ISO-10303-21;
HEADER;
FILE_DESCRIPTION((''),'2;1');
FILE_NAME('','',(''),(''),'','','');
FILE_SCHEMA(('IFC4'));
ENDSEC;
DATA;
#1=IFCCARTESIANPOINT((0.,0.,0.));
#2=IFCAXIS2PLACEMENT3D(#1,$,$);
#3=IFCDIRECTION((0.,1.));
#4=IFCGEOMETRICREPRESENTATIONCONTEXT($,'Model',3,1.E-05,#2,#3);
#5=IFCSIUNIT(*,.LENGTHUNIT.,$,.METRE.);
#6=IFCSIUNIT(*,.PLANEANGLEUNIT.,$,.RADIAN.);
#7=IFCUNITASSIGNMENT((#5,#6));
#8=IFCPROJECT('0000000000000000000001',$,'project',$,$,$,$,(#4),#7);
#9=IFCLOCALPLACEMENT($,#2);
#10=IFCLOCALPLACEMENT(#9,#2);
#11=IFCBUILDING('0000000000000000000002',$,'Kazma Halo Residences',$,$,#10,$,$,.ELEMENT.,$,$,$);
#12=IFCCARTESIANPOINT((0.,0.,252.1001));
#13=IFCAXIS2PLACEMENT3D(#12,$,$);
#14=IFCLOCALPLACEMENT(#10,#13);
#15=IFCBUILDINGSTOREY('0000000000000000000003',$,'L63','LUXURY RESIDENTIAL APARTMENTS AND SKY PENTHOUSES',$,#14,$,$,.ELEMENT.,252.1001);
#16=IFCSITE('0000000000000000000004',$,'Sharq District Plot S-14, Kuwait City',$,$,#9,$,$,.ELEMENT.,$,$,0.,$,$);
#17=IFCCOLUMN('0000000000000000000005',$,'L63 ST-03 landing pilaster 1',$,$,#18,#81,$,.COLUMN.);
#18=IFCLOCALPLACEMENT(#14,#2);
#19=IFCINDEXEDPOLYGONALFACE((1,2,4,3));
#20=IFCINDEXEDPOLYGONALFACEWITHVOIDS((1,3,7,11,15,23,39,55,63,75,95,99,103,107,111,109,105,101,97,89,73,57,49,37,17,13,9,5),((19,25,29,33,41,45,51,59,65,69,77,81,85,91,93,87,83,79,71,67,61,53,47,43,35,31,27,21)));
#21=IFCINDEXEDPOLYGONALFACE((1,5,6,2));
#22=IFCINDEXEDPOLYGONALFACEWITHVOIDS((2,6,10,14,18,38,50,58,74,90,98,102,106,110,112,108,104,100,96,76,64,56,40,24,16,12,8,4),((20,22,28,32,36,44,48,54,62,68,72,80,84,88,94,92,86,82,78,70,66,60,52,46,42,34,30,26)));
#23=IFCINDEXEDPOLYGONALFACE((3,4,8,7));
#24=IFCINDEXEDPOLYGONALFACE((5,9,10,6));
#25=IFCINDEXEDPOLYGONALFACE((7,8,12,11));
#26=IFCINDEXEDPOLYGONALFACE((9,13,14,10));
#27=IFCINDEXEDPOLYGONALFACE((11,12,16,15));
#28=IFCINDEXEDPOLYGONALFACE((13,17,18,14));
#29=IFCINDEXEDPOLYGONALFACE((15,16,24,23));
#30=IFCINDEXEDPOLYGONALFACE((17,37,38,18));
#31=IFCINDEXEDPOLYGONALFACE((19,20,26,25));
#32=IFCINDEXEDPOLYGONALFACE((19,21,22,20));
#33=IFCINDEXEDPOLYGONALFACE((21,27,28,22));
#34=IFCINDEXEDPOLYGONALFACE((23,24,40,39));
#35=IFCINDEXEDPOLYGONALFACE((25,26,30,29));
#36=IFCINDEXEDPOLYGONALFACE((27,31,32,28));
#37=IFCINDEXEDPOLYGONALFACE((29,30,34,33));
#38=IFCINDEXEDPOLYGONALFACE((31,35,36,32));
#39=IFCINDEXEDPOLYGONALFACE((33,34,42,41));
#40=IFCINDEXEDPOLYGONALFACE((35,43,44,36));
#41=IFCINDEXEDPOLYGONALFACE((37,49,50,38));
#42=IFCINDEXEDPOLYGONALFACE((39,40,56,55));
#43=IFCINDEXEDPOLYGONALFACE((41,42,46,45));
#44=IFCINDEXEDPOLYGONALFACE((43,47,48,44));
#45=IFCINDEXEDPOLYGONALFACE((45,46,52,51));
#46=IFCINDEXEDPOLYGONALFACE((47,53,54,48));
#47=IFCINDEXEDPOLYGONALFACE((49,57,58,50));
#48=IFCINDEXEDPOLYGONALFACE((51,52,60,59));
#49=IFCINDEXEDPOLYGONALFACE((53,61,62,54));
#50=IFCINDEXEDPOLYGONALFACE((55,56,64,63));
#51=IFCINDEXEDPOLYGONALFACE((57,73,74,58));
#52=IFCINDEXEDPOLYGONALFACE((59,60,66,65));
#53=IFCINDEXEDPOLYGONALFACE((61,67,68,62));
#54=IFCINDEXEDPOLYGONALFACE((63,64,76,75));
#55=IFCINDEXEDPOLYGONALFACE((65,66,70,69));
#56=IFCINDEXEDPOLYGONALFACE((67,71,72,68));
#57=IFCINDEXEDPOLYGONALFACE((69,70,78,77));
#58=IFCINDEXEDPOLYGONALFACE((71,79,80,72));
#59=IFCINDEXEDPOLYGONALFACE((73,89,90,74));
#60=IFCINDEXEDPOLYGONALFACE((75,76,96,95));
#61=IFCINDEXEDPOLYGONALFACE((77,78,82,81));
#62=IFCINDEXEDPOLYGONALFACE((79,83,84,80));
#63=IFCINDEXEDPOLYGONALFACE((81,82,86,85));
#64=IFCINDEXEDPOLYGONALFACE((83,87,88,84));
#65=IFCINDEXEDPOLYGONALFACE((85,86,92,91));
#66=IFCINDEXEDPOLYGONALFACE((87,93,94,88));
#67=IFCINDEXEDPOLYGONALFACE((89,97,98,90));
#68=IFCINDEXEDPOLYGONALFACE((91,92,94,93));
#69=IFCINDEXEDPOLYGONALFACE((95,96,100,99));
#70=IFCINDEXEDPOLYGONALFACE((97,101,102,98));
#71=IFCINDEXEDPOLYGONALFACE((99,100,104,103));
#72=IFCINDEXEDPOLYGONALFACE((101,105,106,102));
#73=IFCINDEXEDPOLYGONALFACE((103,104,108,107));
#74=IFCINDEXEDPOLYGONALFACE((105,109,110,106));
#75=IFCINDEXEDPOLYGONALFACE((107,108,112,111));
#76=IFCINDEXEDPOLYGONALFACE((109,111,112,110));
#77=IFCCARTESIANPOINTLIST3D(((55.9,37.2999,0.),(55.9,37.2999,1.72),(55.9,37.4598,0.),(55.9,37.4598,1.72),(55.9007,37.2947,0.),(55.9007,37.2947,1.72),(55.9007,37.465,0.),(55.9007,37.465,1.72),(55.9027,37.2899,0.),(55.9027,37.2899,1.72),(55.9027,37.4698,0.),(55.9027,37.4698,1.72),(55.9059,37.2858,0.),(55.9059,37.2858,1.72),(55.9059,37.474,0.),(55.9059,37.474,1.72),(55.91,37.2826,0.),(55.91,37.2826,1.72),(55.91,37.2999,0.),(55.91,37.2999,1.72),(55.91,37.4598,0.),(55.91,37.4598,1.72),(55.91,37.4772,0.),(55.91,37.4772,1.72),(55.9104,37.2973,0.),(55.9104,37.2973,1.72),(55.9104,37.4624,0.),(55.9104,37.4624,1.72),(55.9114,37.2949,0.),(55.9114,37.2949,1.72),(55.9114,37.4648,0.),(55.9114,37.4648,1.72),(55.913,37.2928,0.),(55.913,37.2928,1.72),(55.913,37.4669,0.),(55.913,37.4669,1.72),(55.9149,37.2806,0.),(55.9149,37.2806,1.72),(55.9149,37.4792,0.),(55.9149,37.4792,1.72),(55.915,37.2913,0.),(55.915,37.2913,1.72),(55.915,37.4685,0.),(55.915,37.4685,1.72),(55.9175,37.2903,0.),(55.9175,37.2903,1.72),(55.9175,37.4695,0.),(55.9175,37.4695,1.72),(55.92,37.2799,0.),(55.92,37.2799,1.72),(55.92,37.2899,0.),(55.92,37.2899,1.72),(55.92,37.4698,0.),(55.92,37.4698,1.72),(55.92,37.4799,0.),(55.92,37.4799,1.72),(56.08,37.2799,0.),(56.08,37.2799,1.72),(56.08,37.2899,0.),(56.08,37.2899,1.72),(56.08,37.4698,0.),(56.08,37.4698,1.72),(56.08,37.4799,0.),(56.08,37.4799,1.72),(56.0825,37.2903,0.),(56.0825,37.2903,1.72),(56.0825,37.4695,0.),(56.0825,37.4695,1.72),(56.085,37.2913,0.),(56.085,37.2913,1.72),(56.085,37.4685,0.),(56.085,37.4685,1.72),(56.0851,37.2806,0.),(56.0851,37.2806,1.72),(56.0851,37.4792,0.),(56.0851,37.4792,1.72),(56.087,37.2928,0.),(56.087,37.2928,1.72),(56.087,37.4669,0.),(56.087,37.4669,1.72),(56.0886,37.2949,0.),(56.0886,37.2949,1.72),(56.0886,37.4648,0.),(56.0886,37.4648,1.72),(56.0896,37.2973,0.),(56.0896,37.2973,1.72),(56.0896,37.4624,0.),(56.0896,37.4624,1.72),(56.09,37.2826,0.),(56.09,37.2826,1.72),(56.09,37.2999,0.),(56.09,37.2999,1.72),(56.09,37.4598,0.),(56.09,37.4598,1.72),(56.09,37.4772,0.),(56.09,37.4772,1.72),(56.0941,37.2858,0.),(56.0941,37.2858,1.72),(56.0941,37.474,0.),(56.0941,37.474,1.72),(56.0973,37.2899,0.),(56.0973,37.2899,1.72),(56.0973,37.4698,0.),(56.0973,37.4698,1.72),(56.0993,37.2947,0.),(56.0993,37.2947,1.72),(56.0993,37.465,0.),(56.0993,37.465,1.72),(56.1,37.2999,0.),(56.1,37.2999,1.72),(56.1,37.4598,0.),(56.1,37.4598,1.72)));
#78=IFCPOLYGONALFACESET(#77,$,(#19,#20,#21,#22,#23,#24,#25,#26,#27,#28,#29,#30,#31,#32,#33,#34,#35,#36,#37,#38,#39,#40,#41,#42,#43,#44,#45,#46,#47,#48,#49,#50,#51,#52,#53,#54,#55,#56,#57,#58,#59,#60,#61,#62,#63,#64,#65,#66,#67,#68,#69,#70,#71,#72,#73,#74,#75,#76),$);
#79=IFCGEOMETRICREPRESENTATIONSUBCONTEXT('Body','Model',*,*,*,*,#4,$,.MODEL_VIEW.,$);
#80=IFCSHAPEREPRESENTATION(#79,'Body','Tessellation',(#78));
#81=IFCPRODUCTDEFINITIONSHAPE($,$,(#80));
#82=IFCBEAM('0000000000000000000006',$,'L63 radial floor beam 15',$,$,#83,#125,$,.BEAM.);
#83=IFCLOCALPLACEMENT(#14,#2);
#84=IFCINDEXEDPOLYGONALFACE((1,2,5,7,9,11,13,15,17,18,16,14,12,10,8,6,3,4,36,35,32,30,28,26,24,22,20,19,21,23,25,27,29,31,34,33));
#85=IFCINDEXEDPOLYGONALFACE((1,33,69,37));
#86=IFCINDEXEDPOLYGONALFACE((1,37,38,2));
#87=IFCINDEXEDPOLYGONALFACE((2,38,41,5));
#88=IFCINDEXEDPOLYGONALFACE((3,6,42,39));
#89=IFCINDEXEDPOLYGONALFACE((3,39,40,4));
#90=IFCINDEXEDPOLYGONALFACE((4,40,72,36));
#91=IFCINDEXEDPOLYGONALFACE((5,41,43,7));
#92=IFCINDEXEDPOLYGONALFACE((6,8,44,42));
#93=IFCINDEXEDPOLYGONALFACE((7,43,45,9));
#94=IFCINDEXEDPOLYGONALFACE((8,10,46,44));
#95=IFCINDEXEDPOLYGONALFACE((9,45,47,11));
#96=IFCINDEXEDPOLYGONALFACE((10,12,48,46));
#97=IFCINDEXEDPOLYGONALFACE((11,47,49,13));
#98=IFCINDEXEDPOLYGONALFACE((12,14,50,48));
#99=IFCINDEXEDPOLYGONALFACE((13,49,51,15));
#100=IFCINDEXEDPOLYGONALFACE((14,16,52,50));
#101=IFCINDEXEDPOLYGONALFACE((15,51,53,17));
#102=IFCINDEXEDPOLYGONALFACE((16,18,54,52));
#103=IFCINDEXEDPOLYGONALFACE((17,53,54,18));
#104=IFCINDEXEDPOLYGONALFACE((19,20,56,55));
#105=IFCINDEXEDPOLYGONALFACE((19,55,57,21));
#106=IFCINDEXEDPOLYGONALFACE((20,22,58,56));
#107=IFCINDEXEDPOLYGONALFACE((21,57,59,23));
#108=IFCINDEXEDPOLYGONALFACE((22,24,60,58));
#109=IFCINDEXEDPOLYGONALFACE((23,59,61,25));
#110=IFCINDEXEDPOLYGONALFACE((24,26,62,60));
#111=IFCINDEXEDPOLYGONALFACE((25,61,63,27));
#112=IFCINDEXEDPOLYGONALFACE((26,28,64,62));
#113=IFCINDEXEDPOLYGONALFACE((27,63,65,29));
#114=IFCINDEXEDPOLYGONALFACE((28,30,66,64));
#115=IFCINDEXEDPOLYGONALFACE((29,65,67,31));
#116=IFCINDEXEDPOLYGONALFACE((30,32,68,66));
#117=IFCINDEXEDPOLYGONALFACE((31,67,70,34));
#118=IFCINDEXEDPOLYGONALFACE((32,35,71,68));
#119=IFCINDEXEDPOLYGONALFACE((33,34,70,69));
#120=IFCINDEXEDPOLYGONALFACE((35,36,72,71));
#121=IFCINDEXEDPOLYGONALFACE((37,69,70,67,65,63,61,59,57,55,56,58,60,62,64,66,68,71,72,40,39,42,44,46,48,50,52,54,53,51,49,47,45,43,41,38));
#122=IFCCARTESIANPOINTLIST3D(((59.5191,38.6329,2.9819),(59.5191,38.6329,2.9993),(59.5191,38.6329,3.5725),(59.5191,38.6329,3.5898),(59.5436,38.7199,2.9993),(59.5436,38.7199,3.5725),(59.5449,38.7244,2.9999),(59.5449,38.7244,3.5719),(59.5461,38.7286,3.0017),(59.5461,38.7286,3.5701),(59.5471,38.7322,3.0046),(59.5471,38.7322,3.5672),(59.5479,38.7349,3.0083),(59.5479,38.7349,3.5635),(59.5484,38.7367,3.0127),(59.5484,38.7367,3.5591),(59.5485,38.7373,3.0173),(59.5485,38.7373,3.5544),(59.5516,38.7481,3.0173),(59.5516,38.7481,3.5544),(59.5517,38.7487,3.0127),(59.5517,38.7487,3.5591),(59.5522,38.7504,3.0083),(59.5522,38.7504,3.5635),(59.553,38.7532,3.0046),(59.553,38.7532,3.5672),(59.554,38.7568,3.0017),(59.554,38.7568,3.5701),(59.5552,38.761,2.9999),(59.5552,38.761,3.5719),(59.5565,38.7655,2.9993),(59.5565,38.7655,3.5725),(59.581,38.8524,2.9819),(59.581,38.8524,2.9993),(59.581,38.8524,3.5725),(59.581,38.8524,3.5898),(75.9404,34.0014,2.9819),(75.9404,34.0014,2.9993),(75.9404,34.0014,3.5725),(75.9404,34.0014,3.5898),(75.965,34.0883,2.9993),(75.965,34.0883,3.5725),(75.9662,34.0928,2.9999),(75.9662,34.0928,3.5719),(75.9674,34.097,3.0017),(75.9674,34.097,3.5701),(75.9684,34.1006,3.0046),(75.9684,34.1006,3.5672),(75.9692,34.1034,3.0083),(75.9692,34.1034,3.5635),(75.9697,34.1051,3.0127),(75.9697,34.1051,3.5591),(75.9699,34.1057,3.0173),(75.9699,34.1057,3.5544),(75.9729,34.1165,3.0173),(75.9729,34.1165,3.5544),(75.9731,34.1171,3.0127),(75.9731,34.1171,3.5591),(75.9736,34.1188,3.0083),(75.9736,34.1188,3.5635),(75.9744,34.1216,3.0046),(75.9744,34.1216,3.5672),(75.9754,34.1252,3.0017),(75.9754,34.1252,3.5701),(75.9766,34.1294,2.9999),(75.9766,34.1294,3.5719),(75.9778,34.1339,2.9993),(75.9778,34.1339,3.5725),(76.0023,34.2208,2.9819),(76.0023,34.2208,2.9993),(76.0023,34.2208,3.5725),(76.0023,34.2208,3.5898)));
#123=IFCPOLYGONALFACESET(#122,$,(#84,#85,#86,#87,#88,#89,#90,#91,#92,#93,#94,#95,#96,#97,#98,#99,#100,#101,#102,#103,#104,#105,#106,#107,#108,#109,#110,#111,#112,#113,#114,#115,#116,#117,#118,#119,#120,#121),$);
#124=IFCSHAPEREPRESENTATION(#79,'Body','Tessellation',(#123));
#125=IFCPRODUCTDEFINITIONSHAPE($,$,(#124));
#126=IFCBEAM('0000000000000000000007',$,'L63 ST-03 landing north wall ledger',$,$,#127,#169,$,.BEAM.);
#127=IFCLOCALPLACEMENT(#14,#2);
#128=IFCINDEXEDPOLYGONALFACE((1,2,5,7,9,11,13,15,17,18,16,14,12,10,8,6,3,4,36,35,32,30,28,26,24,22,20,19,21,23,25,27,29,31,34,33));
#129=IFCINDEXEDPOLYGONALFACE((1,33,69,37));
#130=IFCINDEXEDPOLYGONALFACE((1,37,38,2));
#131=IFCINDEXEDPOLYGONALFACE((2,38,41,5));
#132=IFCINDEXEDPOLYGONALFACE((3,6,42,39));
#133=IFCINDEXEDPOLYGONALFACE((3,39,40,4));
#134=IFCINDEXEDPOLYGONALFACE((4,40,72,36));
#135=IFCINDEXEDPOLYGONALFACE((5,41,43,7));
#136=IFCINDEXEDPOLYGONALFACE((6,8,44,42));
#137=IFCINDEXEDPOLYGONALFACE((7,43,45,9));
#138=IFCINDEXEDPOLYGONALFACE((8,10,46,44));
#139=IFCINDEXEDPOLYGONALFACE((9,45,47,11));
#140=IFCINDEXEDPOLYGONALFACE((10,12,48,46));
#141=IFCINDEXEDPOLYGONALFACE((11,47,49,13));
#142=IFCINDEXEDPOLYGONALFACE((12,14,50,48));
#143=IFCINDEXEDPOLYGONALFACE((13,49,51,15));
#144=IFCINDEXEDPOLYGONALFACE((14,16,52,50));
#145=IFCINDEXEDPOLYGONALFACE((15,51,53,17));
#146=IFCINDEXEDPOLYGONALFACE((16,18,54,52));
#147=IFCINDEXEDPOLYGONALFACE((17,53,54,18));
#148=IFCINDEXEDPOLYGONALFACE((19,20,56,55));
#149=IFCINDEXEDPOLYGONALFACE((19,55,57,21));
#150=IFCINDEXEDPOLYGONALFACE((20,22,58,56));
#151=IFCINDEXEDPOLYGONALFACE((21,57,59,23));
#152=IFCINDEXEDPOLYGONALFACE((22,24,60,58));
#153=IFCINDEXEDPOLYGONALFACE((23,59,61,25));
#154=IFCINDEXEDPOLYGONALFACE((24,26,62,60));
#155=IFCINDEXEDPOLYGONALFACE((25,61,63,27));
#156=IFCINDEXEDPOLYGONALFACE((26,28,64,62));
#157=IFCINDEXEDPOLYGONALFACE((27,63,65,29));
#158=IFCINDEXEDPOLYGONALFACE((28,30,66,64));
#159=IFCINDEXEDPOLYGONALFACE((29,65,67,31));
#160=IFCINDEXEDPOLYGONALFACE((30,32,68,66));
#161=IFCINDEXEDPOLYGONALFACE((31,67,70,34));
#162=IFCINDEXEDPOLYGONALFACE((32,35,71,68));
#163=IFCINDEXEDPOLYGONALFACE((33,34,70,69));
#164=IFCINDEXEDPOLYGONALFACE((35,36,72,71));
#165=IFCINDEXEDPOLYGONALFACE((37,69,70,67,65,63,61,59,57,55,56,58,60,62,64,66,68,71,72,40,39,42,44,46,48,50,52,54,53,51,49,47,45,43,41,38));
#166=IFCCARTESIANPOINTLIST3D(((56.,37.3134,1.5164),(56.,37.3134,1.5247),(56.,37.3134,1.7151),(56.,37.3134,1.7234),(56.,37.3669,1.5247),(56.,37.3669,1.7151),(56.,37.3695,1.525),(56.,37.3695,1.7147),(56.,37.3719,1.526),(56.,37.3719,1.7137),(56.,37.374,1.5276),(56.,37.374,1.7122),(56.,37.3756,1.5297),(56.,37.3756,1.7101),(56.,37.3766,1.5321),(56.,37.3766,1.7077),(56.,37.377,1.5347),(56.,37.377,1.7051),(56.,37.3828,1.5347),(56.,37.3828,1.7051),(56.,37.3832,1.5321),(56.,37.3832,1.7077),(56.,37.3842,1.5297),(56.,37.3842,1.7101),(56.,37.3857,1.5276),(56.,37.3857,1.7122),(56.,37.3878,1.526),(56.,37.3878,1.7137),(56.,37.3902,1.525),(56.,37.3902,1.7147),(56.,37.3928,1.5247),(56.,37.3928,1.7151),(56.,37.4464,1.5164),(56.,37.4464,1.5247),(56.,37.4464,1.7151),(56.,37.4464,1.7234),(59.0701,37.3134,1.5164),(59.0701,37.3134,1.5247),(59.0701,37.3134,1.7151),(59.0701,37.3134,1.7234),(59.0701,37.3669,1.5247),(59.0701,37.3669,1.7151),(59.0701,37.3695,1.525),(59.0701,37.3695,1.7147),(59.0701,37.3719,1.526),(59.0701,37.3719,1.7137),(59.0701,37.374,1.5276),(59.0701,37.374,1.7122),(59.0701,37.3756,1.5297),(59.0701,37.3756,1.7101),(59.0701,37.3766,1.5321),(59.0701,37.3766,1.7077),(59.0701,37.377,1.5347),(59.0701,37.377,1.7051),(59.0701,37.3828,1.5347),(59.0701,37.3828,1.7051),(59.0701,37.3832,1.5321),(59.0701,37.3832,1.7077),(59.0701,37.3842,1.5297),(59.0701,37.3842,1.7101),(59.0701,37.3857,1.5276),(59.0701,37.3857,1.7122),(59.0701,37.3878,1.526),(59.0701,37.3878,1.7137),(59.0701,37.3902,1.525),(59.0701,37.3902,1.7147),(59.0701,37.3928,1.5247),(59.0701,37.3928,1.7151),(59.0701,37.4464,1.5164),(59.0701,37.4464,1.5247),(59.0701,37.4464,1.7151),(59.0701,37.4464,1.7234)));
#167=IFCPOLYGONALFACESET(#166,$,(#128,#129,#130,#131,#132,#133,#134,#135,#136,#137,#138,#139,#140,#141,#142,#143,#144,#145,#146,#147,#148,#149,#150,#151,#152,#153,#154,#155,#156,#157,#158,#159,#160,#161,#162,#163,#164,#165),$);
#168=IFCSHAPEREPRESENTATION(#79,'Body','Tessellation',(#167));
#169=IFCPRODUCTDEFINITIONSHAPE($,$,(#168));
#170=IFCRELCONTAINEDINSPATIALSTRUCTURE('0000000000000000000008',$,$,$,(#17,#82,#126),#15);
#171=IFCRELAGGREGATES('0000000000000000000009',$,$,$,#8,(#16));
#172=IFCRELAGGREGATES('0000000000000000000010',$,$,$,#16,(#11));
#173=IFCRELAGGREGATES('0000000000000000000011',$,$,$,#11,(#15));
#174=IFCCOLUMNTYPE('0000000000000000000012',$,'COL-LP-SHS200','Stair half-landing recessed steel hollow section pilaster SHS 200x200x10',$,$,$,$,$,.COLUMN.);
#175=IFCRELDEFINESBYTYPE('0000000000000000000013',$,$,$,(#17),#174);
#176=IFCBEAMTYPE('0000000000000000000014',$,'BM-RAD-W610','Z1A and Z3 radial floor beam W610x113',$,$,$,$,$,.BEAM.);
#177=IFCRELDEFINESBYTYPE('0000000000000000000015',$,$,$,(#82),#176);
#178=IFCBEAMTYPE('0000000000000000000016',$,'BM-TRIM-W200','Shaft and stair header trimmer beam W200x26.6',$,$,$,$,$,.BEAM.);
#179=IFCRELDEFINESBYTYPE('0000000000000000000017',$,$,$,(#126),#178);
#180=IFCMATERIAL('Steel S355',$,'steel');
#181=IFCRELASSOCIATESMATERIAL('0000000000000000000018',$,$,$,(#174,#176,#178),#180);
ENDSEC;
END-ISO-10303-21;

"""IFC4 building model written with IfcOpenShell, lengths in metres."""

from ifc_helpers import new_model, si_unit, direction, frame, origin, origin_2d, place, context, subcontext, project, spatial, hollow_rectangle, i_section, extrude, material, material_profile, profile_set, type_object, element, save


model = new_model("IFC4")

# Units and contexts
model_context = context("Model", 3, precision=1e-05, world=origin(), true_north=direction((0.0, 1.0)))
body_context = subcontext(model_context, "Body", "Model", "MODEL_VIEW")
ifc_project = project(units=[si_unit("LENGTHUNIT", "METRE"), si_unit("PLANEANGLEUNIT", "RADIAN")], contexts=[model_context])

# Site, building, storey
site_placement = place(None, origin())
site = spatial("IfcSite", under=ifc_project, at=site_placement, Name="Sharq District Plot S-14, Kuwait City", CompositionType="ELEMENT", RefElevation=0.0)
building_placement = place(site_placement, origin())
building = spatial("IfcBuilding", under=site, at=building_placement, Name="Kazma Halo Residences", CompositionType="ELEMENT")
storey_placement = place(building_placement, frame((0.0, 0.0, 252.1001)))
storey = spatial("IfcBuildingStorey", under=building, at=storey_placement, Name="L63", Description="LUXURY RESIDENTIAL APARTMENTS AND SKY PENTHOUSES", CompositionType="ELEMENT", Elevation=252.1001)

# Column
ifc_material_1 = material(Name="Steel S355", Category="steel")
ifc_material_profile_1 = material_profile(ifc_material_1, hollow_rectangle(XDim=0.2, YDim=0.2, WallThickness=0.01, InnerFilletRadius=0.01, OuterFilletRadius=0.02, at=origin_2d()), Name="SHS200x200x10")
ifc_profile_set_1 = profile_set([ifc_material_profile_1], Name="Steel S355")
column_type = type_object("IfcColumnType", Name="COL-LP-SHS200", Description="Stair half-landing recessed steel hollow section pilaster SHS 200x200x10", PredefinedType="COLUMN", material=ifc_profile_set_1)
column_placement = place(storey_placement, frame((56.0, 37.3799, 0.0), z_axis=(0.0, 0.0, 1.0), x_axis=(1.0, 0.0, 0.0)))
element("IfcColumn", 1, at=column_placement, inside=storey, type_object=column_type, Name="L63 ST-03 landing pilaster 1", PredefinedType="COLUMN", context=body_context, shape_type="SweptSolid", body=[
    extrude(hollow_rectangle(XDim=0.2, YDim=0.2, WallThickness=0.01, InnerFilletRadius=0.01, OuterFilletRadius=0.02, at=origin_2d()), origin(), (0.0, 0.0, 1.0), 1.72),
])

# Beams
ifc_material_profile_2 = material_profile(ifc_material_1, i_section(OverallWidth=0.228, OverallDepth=0.6079, WebThickness=0.0112, FlangeThickness=0.0173, FilletRadius=0.0181, at=origin_2d()), Name="W610x113")
ifc_profile_set_2 = profile_set([ifc_material_profile_2], Name="Steel S355")
beam_type_1 = type_object("IfcBeamType", Name="BM-RAD-W610", Description="Z1A and Z3 radial floor beam W610x113", PredefinedType="BEAM", material=ifc_profile_set_2)
beam_1_placement = place(storey_placement, frame((59.55, 38.7427, 3.2859), z_axis=(0.962451, -0.271456, 0.0), x_axis=(0.271456, 0.962451, 0.0)))
element("IfcBeam", 2, at=beam_1_placement, inside=storey, type_object=beam_type_1, Name="L63 radial floor beam 15", PredefinedType="BEAM", context=body_context, shape_type="SweptSolid", body=[
    extrude(i_section(OverallWidth=0.228, OverallDepth=0.6079, WebThickness=0.0112, FlangeThickness=0.0173, FilletRadius=0.0181, at=origin_2d()), origin(), (0.0, 0.0, 1.0), 17.062),
])
ifc_material_profile_3 = material_profile(ifc_material_1, i_section(OverallWidth=0.1331, OverallDepth=0.207, WebThickness=0.0059, FlangeThickness=0.0083, FilletRadius=0.01, at=origin_2d()), Name="W200x26.6")
ifc_profile_set_3 = profile_set([ifc_material_profile_3], Name="Steel S355")
beam_type_2 = type_object("IfcBeamType", Name="BM-TRIM-W200", Description="Shaft and stair header trimmer beam W200x26.6", PredefinedType="BEAM", material=ifc_profile_set_3)
beam_2_placement = place(storey_placement, frame((56.0, 37.3799, 1.6199), z_axis=(1.0, 0.0, 0.0), x_axis=(0.0, 1.0, 0.0)))
element("IfcBeam", 3, at=beam_2_placement, inside=storey, type_object=beam_type_2, Name="L63 ST-03 landing north wall ledger", PredefinedType="BEAM", context=body_context, shape_type="SweptSolid", body=[
    extrude(i_section(OverallWidth=0.1331, OverallDepth=0.207, WebThickness=0.0059, FlangeThickness=0.0083, FilletRadius=0.01, at=origin_2d()), origin(), (0.0, 0.0, 1.0), 3.0701),
])

save(model, "model.ifc")
